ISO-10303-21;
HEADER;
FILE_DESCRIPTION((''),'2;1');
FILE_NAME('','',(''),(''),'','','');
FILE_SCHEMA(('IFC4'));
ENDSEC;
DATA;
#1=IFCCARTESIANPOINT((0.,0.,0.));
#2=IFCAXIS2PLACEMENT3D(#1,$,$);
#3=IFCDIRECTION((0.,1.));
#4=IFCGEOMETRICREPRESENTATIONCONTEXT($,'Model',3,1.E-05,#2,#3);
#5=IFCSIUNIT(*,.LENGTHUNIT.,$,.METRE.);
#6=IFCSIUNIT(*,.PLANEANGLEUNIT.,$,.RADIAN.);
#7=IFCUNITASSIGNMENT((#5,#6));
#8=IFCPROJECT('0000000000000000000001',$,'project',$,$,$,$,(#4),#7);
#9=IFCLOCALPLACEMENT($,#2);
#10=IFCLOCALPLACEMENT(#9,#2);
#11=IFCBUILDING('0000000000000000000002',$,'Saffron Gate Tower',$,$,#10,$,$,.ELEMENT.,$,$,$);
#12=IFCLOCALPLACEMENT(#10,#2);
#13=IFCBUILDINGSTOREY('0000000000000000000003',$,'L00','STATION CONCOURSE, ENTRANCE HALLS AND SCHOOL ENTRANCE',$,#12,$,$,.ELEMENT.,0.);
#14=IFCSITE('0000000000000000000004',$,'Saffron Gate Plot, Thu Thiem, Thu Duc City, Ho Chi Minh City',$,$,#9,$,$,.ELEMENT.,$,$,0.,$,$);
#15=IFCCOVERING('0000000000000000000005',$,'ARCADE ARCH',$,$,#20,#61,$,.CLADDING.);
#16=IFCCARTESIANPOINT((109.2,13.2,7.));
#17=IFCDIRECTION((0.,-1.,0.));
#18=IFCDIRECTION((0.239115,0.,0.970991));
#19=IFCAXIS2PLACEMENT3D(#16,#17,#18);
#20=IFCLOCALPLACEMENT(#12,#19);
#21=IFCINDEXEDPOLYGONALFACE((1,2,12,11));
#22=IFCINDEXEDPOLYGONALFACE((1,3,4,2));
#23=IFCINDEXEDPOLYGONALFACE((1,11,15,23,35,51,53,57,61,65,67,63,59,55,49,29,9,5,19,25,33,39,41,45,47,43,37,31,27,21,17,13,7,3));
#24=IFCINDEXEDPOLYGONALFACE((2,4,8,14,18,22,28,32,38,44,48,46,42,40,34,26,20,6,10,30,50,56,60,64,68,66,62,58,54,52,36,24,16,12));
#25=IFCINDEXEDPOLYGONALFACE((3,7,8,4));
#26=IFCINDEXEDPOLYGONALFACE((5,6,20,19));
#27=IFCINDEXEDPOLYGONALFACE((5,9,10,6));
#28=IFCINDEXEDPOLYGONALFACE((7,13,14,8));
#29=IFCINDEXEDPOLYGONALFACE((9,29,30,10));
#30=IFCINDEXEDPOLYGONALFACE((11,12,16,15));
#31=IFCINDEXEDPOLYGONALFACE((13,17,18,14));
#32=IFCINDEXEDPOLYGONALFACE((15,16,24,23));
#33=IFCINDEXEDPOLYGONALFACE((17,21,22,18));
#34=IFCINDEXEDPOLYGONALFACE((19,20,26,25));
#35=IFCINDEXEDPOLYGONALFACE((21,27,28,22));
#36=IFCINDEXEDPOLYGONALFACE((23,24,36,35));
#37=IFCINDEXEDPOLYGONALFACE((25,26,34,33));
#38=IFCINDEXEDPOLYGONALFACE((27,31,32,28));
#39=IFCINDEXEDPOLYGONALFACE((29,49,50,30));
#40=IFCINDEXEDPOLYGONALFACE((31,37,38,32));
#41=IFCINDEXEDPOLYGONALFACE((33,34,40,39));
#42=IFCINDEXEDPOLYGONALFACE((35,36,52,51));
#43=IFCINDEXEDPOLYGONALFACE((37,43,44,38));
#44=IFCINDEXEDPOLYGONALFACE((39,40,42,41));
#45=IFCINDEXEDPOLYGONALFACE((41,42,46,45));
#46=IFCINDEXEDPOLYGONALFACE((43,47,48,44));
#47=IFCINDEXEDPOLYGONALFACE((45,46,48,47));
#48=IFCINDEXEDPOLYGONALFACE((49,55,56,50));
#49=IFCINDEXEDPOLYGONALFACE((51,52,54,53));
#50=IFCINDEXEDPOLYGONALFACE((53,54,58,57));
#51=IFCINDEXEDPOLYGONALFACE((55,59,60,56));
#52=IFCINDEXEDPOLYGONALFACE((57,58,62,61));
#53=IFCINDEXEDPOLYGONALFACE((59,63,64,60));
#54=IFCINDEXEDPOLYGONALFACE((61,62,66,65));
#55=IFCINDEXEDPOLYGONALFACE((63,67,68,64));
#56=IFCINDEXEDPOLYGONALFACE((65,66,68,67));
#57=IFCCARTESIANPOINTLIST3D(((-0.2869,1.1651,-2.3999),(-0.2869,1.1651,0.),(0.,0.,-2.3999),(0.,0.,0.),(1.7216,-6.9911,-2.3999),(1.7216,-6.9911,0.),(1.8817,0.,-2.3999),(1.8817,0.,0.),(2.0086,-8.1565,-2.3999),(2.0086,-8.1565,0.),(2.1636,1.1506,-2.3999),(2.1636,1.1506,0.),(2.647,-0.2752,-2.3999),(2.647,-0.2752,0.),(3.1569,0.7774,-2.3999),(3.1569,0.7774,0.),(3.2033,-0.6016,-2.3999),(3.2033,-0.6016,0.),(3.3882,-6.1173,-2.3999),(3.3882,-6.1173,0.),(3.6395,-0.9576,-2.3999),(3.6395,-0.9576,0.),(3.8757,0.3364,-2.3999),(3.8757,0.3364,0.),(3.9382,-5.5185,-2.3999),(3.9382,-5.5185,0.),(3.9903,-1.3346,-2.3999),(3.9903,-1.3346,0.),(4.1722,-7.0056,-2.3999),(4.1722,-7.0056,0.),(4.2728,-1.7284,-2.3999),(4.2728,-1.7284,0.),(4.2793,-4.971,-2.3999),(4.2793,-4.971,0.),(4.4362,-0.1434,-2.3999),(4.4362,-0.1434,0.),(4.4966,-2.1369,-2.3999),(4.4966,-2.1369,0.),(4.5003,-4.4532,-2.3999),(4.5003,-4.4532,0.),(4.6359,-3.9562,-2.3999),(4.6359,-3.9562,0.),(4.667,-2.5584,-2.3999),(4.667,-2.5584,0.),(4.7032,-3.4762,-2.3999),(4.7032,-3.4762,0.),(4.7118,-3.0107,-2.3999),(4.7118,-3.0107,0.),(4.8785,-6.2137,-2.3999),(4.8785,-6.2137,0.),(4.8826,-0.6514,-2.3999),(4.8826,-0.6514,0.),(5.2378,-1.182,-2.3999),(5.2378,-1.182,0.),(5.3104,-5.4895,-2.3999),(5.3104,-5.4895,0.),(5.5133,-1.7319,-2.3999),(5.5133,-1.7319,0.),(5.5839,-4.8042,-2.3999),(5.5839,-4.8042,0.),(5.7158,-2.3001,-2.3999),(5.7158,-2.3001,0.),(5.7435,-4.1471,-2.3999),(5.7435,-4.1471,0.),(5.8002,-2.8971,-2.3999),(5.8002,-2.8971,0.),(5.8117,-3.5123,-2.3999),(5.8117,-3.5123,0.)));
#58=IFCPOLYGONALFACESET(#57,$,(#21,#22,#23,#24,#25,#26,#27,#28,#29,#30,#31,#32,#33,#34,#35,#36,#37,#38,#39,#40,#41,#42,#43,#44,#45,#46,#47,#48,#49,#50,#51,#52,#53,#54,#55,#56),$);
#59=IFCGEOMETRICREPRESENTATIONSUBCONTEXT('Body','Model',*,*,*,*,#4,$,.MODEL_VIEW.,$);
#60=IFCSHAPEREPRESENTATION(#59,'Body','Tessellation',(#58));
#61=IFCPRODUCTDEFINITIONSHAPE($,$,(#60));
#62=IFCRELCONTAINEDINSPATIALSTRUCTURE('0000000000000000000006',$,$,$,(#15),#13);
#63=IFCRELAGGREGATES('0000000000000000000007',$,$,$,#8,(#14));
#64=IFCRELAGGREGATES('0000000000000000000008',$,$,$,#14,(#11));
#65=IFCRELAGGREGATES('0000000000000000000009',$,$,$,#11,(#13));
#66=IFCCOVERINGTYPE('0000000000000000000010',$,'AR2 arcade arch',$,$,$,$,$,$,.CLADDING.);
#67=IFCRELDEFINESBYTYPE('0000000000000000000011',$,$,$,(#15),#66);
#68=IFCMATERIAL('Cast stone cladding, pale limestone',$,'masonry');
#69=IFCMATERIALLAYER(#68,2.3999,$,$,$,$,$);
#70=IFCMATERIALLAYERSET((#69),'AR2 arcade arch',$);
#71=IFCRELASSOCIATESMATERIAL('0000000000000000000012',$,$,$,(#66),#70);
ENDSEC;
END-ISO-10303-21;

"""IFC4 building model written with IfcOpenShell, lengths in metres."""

from ifc_helpers import new_model, si_unit, direction, frame, origin, place, context, subcontext, project, spatial, polyline, outline, extrude, material, layer, layer_set, type_object, element, save


model = new_model("IFC4")

# Units and contexts
model_context = context("Model", 3, precision=1e-05, world=origin(), true_north=direction((0.0, 1.0)))
body_context = subcontext(model_context, "Body", "Model", "MODEL_VIEW")
ifc_project = project(units=[si_unit("LENGTHUNIT", "METRE"), si_unit("PLANEANGLEUNIT", "RADIAN")], contexts=[model_context])

# Site, building, storey
site_placement = place(None, origin())
site = spatial("IfcSite", under=ifc_project, at=site_placement, Name="Saffron Gate Plot, Thu Thiem, Thu Duc City, Ho Chi Minh City", CompositionType="ELEMENT", RefElevation=0.0)
building_placement = place(site_placement, origin())
building = spatial("IfcBuilding", under=site, at=building_placement, Name="Saffron Gate Tower", CompositionType="ELEMENT")
storey_placement = place(building_placement, origin())
storey = spatial("IfcBuildingStorey", under=building, at=storey_placement, Name="L00", Description="STATION CONCOURSE, ENTRANCE HALLS AND SCHOOL ENTRANCE", CompositionType="ELEMENT", Elevation=0.0)

# Covering
ifc_material_1 = material(Name="Cast stone cladding, pale limestone", Category="masonry")
ifc_layer_1 = layer(ifc_material_1, 2.3999)
ifc_layer_set_1 = layer_set([ifc_layer_1], Name="AR2 arcade arch")
covering_type = type_object("IfcCoveringType", Name="AR2 arcade arch", PredefinedType="CLADDING", material=ifc_layer_set_1)
covering_placement = place(storey_placement, frame((109.2, 13.2, 7.0), z_axis=(0.0, -1.0, 0.0), x_axis=(0.239115, 0.0, 0.970991)))
element("IfcCovering", 1, at=covering_placement, inside=storey, type_object=covering_type, Name="ARCADE ARCH", PredefinedType="CLADDING", context=body_context, shape_type="SweptSolid", body=[
    extrude(outline(polyline([(0.0, 0.0), (1.8817, 0.0), (2.647, -0.2752), (3.2033, -0.6016), (3.6395, -0.9576), (3.9903, -1.3346), (4.2728, -1.7284), (4.4966, -2.1369), (4.667, -2.5584), (4.7118, -3.0107), (4.7032, -3.4762), (4.6359, -3.9562), (4.5003, -4.4532), (4.2793, -4.971), (3.9382, -5.5185), (3.3882, -6.1173), (1.7216, -6.9911), (2.0086, -8.1565), (4.1722, -7.0056), (4.8785, -6.2137), (5.3104, -5.4895), (5.5839, -4.8042), (5.7435, -4.1471), (5.8117, -3.5123), (5.8002, -2.8971), (5.7158, -2.3001), (5.5133, -1.7319), (5.2378, -1.182), (4.8826, -0.6514), (4.4362, -0.1434), (3.8757, 0.3364), (3.1569, 0.7774), (2.1636, 1.1506), (-0.2869, 1.1651), (0.0, 0.0)])), origin(), (0.0, 0.0, -1.0), 2.3999),
])

save(model, "model.ifc")
